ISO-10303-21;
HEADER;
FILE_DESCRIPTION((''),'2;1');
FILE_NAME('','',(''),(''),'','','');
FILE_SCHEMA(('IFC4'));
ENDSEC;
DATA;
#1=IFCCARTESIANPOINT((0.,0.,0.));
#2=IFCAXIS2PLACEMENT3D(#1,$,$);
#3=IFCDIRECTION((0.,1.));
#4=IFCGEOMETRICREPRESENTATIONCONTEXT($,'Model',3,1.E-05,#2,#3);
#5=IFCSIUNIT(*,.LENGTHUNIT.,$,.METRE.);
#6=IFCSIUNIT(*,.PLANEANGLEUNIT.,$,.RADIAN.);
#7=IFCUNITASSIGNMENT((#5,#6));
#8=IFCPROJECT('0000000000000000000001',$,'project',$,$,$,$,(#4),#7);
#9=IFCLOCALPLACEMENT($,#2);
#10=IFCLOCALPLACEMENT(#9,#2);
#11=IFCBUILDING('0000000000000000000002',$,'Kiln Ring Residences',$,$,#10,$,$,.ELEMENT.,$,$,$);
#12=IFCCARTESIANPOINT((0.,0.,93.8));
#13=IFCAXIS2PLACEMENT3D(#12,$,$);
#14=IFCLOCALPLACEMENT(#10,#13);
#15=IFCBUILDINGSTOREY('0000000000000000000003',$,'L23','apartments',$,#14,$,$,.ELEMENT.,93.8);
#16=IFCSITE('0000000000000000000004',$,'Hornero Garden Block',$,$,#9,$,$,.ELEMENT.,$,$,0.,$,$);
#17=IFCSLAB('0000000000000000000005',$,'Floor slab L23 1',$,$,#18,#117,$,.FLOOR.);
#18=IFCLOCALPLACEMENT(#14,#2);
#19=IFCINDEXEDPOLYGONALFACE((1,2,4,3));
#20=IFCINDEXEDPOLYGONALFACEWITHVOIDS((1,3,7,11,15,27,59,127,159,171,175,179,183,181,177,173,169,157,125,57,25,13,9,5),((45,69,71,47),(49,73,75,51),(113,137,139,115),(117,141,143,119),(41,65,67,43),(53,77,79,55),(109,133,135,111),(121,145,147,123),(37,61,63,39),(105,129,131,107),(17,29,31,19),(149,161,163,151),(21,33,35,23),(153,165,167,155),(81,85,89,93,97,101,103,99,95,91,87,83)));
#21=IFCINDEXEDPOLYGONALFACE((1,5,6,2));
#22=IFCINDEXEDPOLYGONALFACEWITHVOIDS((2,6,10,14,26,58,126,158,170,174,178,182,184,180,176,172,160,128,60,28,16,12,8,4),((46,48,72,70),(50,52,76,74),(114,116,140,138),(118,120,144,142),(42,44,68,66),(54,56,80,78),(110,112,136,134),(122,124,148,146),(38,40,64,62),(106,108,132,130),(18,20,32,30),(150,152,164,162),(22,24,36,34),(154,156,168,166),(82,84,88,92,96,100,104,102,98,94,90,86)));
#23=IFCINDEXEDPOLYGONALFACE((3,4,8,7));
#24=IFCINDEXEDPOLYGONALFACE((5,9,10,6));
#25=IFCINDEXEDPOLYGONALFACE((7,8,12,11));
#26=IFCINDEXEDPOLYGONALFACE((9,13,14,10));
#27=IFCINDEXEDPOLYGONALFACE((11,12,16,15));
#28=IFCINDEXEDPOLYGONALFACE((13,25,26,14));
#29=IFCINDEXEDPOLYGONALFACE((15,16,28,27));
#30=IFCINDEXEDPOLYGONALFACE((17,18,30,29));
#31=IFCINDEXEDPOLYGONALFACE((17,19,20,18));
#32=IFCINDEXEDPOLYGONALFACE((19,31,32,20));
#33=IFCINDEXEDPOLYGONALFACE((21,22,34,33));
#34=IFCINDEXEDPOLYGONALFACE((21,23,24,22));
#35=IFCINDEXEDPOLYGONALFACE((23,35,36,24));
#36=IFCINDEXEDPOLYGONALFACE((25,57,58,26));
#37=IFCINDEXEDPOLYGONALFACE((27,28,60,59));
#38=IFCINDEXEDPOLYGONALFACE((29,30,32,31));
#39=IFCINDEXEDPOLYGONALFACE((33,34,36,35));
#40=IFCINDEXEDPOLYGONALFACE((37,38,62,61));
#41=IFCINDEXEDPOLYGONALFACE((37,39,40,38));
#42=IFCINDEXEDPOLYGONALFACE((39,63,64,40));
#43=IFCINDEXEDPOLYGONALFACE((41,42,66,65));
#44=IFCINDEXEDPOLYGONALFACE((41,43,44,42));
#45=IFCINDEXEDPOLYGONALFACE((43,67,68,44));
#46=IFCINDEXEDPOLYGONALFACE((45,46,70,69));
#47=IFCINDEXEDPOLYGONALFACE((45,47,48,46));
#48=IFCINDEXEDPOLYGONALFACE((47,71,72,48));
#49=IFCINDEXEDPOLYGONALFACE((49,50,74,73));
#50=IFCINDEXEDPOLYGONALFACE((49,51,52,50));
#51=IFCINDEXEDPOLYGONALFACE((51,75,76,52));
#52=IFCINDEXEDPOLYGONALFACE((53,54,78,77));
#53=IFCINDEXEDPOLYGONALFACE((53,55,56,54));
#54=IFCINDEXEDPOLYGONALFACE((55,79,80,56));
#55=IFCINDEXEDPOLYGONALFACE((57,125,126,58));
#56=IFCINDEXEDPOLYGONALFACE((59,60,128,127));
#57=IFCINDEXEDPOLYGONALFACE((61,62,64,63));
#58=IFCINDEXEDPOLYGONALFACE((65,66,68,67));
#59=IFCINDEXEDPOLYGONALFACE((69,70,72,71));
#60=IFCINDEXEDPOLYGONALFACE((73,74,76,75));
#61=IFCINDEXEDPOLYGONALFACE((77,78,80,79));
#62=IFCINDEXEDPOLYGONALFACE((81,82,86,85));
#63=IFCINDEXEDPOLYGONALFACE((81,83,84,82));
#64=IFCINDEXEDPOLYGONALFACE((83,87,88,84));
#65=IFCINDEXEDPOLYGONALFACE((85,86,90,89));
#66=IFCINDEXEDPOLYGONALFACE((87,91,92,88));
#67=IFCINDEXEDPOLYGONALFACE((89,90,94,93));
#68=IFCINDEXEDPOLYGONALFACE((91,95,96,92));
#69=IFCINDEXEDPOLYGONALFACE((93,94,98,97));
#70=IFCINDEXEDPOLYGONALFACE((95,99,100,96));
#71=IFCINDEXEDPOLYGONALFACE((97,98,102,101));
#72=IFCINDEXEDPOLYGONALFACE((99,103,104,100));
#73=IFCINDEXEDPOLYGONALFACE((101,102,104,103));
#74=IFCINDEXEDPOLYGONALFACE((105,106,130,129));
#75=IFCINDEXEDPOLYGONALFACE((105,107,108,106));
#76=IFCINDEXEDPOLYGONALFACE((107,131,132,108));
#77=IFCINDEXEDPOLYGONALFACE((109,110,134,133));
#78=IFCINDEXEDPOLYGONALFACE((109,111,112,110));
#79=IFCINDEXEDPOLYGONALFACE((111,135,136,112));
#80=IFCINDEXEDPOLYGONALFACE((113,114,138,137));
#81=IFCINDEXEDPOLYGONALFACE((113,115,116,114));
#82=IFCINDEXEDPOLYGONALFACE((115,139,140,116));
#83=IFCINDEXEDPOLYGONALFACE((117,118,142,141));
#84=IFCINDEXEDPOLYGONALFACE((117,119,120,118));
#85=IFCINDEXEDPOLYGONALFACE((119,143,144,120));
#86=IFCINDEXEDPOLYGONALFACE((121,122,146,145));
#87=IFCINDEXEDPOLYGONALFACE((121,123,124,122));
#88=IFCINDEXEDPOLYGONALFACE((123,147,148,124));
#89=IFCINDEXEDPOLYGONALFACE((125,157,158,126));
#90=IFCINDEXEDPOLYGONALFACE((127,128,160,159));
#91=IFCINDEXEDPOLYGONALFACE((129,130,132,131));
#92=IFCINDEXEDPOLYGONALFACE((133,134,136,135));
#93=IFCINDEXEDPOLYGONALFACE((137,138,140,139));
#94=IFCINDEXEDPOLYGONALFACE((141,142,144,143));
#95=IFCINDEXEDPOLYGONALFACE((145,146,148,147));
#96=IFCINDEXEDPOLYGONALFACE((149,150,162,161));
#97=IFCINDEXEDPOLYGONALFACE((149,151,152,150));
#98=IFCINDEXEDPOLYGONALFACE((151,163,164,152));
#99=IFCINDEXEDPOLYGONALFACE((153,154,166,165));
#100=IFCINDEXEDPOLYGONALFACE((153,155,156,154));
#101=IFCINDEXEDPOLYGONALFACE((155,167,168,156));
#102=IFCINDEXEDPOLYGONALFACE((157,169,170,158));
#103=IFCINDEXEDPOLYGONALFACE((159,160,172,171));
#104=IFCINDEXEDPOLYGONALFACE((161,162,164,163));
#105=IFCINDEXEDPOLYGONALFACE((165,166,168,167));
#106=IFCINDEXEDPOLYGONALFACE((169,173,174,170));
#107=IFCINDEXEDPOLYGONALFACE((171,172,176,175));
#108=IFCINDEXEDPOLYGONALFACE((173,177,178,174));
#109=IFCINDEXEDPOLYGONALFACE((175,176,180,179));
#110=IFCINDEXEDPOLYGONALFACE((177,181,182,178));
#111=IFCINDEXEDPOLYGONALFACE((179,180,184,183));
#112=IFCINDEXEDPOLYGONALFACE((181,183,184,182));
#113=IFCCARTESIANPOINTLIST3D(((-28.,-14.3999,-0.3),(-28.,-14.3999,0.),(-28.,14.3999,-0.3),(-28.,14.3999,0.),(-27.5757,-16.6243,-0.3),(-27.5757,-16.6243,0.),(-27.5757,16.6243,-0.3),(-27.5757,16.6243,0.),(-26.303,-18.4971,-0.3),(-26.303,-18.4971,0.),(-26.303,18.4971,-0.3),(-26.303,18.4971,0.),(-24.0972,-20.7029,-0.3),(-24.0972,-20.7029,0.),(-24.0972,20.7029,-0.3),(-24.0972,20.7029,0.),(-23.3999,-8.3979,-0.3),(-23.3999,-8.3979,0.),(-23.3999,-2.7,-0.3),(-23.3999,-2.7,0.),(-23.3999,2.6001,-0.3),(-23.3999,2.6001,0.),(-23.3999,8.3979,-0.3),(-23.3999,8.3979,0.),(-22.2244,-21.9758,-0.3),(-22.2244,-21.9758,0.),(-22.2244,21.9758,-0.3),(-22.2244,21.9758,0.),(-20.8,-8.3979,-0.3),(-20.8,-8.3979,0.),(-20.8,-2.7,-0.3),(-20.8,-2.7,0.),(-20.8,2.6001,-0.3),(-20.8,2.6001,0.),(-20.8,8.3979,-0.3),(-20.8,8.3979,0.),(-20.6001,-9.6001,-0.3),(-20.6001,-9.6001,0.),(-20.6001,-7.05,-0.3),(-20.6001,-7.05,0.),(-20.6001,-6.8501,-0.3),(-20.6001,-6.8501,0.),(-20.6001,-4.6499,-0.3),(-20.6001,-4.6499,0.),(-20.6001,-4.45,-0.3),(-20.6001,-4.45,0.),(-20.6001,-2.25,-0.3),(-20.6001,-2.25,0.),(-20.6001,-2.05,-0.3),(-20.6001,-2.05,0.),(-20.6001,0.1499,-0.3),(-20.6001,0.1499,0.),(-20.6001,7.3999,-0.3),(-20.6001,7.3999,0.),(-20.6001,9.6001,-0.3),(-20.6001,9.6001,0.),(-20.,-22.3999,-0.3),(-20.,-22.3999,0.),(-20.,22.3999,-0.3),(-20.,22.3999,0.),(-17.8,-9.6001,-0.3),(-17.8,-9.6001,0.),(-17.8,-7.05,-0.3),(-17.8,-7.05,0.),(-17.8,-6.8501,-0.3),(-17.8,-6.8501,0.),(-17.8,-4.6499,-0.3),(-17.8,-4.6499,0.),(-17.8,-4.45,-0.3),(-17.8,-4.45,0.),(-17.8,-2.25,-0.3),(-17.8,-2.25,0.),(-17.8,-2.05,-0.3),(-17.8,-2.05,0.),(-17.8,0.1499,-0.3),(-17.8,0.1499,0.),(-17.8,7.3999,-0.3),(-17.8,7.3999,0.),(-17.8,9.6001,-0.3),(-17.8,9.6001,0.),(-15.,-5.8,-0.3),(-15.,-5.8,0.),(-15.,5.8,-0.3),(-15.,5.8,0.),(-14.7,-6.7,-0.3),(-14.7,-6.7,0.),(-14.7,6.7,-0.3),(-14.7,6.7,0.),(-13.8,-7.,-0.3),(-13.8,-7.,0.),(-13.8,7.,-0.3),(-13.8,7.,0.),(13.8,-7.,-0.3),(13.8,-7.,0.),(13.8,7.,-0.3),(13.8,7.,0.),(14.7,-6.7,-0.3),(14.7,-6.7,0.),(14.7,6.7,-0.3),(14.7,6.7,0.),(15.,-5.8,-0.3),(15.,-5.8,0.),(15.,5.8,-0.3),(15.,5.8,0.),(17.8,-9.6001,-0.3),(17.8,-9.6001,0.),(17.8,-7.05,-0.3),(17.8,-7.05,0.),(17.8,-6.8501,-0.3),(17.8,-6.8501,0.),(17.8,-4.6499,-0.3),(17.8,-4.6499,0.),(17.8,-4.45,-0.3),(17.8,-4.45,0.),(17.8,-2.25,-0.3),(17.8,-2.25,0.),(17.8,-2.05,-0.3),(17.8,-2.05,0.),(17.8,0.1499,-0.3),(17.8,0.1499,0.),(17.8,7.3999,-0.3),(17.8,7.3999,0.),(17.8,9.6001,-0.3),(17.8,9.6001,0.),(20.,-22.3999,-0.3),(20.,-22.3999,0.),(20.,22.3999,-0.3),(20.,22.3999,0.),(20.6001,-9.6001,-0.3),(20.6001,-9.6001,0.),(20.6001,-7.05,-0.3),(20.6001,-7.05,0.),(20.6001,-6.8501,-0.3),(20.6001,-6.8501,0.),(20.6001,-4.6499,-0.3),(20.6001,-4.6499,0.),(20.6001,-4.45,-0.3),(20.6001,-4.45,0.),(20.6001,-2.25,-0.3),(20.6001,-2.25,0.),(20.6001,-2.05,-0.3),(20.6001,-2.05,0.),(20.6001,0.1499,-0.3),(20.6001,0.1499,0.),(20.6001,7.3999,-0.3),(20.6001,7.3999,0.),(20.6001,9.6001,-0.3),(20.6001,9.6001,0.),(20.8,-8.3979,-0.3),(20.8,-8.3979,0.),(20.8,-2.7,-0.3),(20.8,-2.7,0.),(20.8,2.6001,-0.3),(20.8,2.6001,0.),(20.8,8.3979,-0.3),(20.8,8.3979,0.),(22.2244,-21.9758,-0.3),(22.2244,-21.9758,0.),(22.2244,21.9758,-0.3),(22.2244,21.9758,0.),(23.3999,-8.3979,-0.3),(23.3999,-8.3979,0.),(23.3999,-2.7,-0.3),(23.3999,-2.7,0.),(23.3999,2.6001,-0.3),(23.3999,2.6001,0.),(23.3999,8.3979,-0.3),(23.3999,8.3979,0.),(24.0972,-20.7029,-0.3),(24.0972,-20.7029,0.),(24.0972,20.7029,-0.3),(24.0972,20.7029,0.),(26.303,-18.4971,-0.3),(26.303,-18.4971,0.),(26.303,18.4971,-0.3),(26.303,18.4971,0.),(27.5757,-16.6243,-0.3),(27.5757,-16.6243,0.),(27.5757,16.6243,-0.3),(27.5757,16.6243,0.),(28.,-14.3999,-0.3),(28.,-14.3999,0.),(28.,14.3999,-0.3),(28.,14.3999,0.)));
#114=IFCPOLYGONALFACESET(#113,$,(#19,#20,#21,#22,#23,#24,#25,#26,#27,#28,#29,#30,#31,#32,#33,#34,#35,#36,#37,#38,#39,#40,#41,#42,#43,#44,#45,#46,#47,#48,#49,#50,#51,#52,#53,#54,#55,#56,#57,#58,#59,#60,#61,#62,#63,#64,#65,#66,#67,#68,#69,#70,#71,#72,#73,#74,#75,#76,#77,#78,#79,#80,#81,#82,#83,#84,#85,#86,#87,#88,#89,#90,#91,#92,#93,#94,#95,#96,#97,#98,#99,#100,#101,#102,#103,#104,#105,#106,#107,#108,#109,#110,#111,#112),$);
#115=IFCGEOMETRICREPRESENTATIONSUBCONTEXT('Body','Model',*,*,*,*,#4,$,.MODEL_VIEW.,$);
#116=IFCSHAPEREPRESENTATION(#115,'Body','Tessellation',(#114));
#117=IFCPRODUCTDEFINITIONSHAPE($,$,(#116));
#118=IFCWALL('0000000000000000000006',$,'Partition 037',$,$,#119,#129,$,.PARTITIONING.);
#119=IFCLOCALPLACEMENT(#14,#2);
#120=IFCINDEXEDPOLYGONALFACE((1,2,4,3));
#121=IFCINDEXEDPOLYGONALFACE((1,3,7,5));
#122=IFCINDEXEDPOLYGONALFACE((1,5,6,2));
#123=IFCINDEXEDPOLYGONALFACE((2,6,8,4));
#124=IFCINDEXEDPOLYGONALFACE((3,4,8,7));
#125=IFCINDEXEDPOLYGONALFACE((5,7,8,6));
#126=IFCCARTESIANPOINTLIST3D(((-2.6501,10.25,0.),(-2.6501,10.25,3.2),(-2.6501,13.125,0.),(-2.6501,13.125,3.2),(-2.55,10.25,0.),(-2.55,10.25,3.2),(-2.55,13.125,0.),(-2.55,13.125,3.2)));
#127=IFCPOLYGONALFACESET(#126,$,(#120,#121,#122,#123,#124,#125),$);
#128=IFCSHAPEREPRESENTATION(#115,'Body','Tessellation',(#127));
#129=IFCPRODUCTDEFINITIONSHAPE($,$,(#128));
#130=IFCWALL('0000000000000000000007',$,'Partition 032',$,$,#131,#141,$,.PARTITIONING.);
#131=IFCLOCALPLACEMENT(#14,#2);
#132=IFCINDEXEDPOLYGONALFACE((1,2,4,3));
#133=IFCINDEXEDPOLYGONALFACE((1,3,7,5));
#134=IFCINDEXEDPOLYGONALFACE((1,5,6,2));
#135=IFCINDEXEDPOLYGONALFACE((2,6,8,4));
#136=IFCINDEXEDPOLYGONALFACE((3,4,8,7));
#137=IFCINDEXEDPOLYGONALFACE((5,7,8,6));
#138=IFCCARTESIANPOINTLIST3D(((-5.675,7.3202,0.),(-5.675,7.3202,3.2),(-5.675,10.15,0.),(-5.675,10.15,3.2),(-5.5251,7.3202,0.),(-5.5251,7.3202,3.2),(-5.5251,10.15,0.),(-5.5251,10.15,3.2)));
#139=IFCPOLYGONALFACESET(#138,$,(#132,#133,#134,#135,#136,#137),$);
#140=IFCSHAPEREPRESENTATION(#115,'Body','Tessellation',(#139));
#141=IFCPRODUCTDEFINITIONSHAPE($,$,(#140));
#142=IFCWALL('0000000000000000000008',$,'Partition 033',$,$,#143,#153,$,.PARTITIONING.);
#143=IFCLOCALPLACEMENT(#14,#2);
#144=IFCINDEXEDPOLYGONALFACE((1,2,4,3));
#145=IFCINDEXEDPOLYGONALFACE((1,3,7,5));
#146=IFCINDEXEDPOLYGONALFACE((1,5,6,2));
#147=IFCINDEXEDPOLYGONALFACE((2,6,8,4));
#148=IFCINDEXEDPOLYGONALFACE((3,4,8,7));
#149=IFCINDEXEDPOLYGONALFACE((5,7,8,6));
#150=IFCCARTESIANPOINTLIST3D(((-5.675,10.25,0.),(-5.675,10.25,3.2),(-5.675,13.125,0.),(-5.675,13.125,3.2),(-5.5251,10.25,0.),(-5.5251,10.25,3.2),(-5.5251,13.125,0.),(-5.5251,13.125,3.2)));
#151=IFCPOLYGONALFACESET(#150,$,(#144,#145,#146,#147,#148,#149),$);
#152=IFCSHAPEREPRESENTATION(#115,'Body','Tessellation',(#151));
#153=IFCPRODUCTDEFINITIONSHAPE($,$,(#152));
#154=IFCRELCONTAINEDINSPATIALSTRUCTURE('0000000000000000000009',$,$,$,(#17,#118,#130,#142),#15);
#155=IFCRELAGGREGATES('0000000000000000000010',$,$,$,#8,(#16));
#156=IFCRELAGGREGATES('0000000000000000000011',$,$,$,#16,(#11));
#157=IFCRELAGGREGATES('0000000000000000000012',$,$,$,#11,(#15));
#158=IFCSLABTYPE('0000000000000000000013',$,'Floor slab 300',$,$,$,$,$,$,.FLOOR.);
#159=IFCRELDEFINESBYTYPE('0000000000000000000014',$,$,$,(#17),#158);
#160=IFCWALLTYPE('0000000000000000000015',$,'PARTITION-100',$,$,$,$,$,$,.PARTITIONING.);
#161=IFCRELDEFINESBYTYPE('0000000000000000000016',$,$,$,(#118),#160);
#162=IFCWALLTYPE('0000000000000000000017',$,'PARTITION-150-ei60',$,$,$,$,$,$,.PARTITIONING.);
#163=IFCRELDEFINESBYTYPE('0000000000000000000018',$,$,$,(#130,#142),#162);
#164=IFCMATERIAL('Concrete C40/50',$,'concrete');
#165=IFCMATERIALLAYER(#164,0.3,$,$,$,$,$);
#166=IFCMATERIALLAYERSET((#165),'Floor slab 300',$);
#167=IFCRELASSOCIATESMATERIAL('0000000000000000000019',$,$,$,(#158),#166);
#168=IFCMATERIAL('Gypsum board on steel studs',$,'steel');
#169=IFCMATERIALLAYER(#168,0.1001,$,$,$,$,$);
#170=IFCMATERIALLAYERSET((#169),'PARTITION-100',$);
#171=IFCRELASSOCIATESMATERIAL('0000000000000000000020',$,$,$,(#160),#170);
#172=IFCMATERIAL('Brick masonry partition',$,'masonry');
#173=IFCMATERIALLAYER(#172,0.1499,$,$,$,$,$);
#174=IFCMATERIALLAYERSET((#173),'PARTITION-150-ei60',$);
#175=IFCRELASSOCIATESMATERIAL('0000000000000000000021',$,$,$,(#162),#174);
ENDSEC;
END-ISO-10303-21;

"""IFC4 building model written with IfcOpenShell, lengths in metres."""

from ifc_helpers import new_model, si_unit, direction, frame, frame_2d, origin, place, context, subcontext, project, spatial, polyline, rectangle, outline, extrude, material, layer, layer_set, type_object, element, save


model = new_model("IFC4")

# Units and contexts
model_context = context("Model", 3, precision=1e-05, world=origin(), true_north=direction((0.0, 1.0)))
body_context = subcontext(model_context, "Body", "Model", "MODEL_VIEW")
ifc_project = project(units=[si_unit("LENGTHUNIT", "METRE"), si_unit("PLANEANGLEUNIT", "RADIAN")], contexts=[model_context])

# Site, building, storey
site_placement = place(None, origin())
site = spatial("IfcSite", under=ifc_project, at=site_placement, Name="Hornero Garden Block", CompositionType="ELEMENT", RefElevation=0.0)
building_placement = place(site_placement, origin())
building = spatial("IfcBuilding", under=site, at=building_placement, Name="Kiln Ring Residences", CompositionType="ELEMENT")
storey_placement = place(building_placement, frame((0.0, 0.0, 93.8)))
storey = spatial("IfcBuildingStorey", under=building, at=storey_placement, Name="L23", Description="apartments", CompositionType="ELEMENT", Elevation=93.8)

# Slab
ifc_material_1 = material(Name="Concrete C40/50", Category="concrete")
ifc_layer_1 = layer(ifc_material_1, 0.3)
ifc_layer_set_1 = layer_set([ifc_layer_1], Name="Floor slab 300")
slab_type = type_object("IfcSlabType", Name="Floor slab 300", PredefinedType="FLOOR", material=ifc_layer_set_1)
slab_placement = place(storey_placement, frame((0.0, 0.0, -0.3)))
element("IfcSlab", 1, at=slab_placement, inside=storey, type_object=slab_type, Name="Floor slab L23 1", PredefinedType="FLOOR", context=body_context, shape_type="SweptSolid", body=[
    extrude(outline(polyline([(-26.303, -18.4971), (-24.0972, -20.7029), (-22.2244, -21.9758), (-20.0, -22.3999), (20.0, -22.3999), (22.2244, -21.9758), (24.0972, -20.7029), (26.303, -18.4971), (27.5757, -16.6243), (28.0, -14.3999), (28.0, 14.3999), (27.5757, 16.6243), (26.303, 18.4971), (24.0972, 20.7029), (22.2244, 21.9758), (20.0, 22.3999), (-20.0, 22.3999), (-22.2244, 21.9758), (-24.0972, 20.7029), (-26.303, 18.4971), (-27.5757, 16.6243), (-28.0, 14.3999), (-28.0, -14.3999), (-27.5757, -16.6243), (-26.303, -18.4971)]), holes=[polyline([(-14.7, -6.7), (-15.0, -5.8), (-15.0, 5.8), (-14.7, 6.7), (-13.8, 7.0), (13.8, 7.0), (14.7, 6.7), (15.0, 5.8), (15.0, -5.8), (14.7, -6.7), (13.8, -7.0), (-13.8, -7.0), (-14.7, -6.7)]), polyline([(20.8, -8.3979), (20.8, -2.7), (23.3999, -2.7), (23.3999, -8.3979), (20.8, -8.3979)]), polyline([(20.8, 2.6001), (20.8, 8.3979), (23.3999, 8.3979), (23.3999, 2.6001), (20.8, 2.6001)]), polyline([(17.8, -6.8501), (17.8, -4.6499), (20.6001, -4.6499), (20.6001, -6.8501), (17.8, -6.8501)]), polyline([(17.8, -4.45), (17.8, -2.25), (20.6001, -2.25), (20.6001, -4.45), (17.8, -4.45)]), polyline([(17.8, -2.05), (17.8, 0.1499), (20.6001, 0.1499), (20.6001, -2.05), (17.8, -2.05)]), polyline([(17.8, 7.3999), (17.8, 9.6001), (20.6001, 9.6001), (20.6001, 7.3999), (17.8, 7.3999)]), polyline([(20.6001, -9.6001), (17.8, -9.6001), (17.8, -7.05), (20.6001, -7.05), (20.6001, -9.6001)]), polyline([(-17.8, -7.05), (-17.8, -9.6001), (-20.6001, -9.6001), (-20.6001, -7.05), (-17.8, -7.05)]), polyline([(-17.8, -6.8501), (-20.6001, -6.8501), (-20.6001, -4.6499), (-17.8, -4.6499), (-17.8, -6.8501)]), polyline([(-17.8, -4.45), (-20.6001, -4.45), (-20.6001, -2.25), (-17.8, -2.25), (-17.8, -4.45)]), polyline([(-17.8, -2.05), (-20.6001, -2.05), (-20.6001, 0.1499), (-17.8, 0.1499), (-17.8, -2.05)]), polyline([(-17.8, 7.3999), (-20.6001, 7.3999), (-20.6001, 9.6001), (-17.8, 9.6001), (-17.8, 7.3999)]), polyline([(-20.8, -8.3979), (-23.3999, -8.3979), (-23.3999, -2.7), (-20.8, -2.7), (-20.8, -8.3979)]), polyline([(-20.8, 2.6001), (-23.3999, 2.6001), (-23.3999, 8.3979), (-20.8, 8.3979), (-20.8, 2.6001)])]), origin(), (0.0, 0.0, 1.0), 0.3),
])

# Walls
ifc_material_2 = material(Name="Gypsum board on steel studs", Category="steel")
ifc_layer_2 = layer(ifc_material_2, 0.1001)
ifc_layer_set_2 = layer_set([ifc_layer_2], Name="PARTITION-100")
wall_type_1 = type_object("IfcWallType", Name="PARTITION-100", PredefinedType="PARTITIONING", material=ifc_layer_set_2)
wall_1_placement = place(storey_placement, frame((-2.6001, 10.25, 0.0), z_axis=(0.0, 0.0, 1.0), x_axis=(0.0, 1.0, 0.0)))
element("IfcWall", 2, at=wall_1_placement, inside=storey, type_object=wall_type_1, Name="Partition 037", PredefinedType="PARTITIONING", context=body_context, shape_type="SweptSolid", body=[
    extrude(rectangle(XDim=2.875, YDim=0.1001, at=frame_2d((1.4375, 0.0))), origin(), (0.0, 0.0, 1.0), 3.2),
])
ifc_material_3 = material(Name="Brick masonry partition", Category="masonry")
ifc_layer_3 = layer(ifc_material_3, 0.1499)
ifc_layer_set_3 = layer_set([ifc_layer_3], Name="PARTITION-150-ei60")
wall_type_2 = type_object("IfcWallType", Name="PARTITION-150-ei60", PredefinedType="PARTITIONING", material=ifc_layer_set_3)
wall_2_placement = place(storey_placement, frame((-5.6001, 7.3201, 0.0), z_axis=(0.0, 0.0, 1.0), x_axis=(0.0, 1.0, 0.0)))
element("IfcWall", 3, at=wall_2_placement, inside=storey, type_object=wall_type_2, Name="Partition 032", PredefinedType="PARTITIONING", context=body_context, shape_type="SweptSolid", body=[
    extrude(rectangle(XDim=2.8298, YDim=0.1499, at=frame_2d((1.415, 0.0))), origin(), (0.0, 0.0, 1.0), 3.2),
])
wall_3_placement = place(storey_placement, frame((-5.6001, 10.25, 0.0), z_axis=(0.0, 0.0, 1.0), x_axis=(0.0, 1.0, 0.0)))
element("IfcWall", 4, at=wall_3_placement, inside=storey, type_object=wall_type_2, Name="Partition 033", PredefinedType="PARTITIONING", context=body_context, shape_type="SweptSolid", body=[
    extrude(rectangle(XDim=2.875, YDim=0.1499, at=frame_2d((1.4375, 0.0))), origin(), (0.0, 0.0, 1.0), 3.2),
])

save(model, "model.ifc")
